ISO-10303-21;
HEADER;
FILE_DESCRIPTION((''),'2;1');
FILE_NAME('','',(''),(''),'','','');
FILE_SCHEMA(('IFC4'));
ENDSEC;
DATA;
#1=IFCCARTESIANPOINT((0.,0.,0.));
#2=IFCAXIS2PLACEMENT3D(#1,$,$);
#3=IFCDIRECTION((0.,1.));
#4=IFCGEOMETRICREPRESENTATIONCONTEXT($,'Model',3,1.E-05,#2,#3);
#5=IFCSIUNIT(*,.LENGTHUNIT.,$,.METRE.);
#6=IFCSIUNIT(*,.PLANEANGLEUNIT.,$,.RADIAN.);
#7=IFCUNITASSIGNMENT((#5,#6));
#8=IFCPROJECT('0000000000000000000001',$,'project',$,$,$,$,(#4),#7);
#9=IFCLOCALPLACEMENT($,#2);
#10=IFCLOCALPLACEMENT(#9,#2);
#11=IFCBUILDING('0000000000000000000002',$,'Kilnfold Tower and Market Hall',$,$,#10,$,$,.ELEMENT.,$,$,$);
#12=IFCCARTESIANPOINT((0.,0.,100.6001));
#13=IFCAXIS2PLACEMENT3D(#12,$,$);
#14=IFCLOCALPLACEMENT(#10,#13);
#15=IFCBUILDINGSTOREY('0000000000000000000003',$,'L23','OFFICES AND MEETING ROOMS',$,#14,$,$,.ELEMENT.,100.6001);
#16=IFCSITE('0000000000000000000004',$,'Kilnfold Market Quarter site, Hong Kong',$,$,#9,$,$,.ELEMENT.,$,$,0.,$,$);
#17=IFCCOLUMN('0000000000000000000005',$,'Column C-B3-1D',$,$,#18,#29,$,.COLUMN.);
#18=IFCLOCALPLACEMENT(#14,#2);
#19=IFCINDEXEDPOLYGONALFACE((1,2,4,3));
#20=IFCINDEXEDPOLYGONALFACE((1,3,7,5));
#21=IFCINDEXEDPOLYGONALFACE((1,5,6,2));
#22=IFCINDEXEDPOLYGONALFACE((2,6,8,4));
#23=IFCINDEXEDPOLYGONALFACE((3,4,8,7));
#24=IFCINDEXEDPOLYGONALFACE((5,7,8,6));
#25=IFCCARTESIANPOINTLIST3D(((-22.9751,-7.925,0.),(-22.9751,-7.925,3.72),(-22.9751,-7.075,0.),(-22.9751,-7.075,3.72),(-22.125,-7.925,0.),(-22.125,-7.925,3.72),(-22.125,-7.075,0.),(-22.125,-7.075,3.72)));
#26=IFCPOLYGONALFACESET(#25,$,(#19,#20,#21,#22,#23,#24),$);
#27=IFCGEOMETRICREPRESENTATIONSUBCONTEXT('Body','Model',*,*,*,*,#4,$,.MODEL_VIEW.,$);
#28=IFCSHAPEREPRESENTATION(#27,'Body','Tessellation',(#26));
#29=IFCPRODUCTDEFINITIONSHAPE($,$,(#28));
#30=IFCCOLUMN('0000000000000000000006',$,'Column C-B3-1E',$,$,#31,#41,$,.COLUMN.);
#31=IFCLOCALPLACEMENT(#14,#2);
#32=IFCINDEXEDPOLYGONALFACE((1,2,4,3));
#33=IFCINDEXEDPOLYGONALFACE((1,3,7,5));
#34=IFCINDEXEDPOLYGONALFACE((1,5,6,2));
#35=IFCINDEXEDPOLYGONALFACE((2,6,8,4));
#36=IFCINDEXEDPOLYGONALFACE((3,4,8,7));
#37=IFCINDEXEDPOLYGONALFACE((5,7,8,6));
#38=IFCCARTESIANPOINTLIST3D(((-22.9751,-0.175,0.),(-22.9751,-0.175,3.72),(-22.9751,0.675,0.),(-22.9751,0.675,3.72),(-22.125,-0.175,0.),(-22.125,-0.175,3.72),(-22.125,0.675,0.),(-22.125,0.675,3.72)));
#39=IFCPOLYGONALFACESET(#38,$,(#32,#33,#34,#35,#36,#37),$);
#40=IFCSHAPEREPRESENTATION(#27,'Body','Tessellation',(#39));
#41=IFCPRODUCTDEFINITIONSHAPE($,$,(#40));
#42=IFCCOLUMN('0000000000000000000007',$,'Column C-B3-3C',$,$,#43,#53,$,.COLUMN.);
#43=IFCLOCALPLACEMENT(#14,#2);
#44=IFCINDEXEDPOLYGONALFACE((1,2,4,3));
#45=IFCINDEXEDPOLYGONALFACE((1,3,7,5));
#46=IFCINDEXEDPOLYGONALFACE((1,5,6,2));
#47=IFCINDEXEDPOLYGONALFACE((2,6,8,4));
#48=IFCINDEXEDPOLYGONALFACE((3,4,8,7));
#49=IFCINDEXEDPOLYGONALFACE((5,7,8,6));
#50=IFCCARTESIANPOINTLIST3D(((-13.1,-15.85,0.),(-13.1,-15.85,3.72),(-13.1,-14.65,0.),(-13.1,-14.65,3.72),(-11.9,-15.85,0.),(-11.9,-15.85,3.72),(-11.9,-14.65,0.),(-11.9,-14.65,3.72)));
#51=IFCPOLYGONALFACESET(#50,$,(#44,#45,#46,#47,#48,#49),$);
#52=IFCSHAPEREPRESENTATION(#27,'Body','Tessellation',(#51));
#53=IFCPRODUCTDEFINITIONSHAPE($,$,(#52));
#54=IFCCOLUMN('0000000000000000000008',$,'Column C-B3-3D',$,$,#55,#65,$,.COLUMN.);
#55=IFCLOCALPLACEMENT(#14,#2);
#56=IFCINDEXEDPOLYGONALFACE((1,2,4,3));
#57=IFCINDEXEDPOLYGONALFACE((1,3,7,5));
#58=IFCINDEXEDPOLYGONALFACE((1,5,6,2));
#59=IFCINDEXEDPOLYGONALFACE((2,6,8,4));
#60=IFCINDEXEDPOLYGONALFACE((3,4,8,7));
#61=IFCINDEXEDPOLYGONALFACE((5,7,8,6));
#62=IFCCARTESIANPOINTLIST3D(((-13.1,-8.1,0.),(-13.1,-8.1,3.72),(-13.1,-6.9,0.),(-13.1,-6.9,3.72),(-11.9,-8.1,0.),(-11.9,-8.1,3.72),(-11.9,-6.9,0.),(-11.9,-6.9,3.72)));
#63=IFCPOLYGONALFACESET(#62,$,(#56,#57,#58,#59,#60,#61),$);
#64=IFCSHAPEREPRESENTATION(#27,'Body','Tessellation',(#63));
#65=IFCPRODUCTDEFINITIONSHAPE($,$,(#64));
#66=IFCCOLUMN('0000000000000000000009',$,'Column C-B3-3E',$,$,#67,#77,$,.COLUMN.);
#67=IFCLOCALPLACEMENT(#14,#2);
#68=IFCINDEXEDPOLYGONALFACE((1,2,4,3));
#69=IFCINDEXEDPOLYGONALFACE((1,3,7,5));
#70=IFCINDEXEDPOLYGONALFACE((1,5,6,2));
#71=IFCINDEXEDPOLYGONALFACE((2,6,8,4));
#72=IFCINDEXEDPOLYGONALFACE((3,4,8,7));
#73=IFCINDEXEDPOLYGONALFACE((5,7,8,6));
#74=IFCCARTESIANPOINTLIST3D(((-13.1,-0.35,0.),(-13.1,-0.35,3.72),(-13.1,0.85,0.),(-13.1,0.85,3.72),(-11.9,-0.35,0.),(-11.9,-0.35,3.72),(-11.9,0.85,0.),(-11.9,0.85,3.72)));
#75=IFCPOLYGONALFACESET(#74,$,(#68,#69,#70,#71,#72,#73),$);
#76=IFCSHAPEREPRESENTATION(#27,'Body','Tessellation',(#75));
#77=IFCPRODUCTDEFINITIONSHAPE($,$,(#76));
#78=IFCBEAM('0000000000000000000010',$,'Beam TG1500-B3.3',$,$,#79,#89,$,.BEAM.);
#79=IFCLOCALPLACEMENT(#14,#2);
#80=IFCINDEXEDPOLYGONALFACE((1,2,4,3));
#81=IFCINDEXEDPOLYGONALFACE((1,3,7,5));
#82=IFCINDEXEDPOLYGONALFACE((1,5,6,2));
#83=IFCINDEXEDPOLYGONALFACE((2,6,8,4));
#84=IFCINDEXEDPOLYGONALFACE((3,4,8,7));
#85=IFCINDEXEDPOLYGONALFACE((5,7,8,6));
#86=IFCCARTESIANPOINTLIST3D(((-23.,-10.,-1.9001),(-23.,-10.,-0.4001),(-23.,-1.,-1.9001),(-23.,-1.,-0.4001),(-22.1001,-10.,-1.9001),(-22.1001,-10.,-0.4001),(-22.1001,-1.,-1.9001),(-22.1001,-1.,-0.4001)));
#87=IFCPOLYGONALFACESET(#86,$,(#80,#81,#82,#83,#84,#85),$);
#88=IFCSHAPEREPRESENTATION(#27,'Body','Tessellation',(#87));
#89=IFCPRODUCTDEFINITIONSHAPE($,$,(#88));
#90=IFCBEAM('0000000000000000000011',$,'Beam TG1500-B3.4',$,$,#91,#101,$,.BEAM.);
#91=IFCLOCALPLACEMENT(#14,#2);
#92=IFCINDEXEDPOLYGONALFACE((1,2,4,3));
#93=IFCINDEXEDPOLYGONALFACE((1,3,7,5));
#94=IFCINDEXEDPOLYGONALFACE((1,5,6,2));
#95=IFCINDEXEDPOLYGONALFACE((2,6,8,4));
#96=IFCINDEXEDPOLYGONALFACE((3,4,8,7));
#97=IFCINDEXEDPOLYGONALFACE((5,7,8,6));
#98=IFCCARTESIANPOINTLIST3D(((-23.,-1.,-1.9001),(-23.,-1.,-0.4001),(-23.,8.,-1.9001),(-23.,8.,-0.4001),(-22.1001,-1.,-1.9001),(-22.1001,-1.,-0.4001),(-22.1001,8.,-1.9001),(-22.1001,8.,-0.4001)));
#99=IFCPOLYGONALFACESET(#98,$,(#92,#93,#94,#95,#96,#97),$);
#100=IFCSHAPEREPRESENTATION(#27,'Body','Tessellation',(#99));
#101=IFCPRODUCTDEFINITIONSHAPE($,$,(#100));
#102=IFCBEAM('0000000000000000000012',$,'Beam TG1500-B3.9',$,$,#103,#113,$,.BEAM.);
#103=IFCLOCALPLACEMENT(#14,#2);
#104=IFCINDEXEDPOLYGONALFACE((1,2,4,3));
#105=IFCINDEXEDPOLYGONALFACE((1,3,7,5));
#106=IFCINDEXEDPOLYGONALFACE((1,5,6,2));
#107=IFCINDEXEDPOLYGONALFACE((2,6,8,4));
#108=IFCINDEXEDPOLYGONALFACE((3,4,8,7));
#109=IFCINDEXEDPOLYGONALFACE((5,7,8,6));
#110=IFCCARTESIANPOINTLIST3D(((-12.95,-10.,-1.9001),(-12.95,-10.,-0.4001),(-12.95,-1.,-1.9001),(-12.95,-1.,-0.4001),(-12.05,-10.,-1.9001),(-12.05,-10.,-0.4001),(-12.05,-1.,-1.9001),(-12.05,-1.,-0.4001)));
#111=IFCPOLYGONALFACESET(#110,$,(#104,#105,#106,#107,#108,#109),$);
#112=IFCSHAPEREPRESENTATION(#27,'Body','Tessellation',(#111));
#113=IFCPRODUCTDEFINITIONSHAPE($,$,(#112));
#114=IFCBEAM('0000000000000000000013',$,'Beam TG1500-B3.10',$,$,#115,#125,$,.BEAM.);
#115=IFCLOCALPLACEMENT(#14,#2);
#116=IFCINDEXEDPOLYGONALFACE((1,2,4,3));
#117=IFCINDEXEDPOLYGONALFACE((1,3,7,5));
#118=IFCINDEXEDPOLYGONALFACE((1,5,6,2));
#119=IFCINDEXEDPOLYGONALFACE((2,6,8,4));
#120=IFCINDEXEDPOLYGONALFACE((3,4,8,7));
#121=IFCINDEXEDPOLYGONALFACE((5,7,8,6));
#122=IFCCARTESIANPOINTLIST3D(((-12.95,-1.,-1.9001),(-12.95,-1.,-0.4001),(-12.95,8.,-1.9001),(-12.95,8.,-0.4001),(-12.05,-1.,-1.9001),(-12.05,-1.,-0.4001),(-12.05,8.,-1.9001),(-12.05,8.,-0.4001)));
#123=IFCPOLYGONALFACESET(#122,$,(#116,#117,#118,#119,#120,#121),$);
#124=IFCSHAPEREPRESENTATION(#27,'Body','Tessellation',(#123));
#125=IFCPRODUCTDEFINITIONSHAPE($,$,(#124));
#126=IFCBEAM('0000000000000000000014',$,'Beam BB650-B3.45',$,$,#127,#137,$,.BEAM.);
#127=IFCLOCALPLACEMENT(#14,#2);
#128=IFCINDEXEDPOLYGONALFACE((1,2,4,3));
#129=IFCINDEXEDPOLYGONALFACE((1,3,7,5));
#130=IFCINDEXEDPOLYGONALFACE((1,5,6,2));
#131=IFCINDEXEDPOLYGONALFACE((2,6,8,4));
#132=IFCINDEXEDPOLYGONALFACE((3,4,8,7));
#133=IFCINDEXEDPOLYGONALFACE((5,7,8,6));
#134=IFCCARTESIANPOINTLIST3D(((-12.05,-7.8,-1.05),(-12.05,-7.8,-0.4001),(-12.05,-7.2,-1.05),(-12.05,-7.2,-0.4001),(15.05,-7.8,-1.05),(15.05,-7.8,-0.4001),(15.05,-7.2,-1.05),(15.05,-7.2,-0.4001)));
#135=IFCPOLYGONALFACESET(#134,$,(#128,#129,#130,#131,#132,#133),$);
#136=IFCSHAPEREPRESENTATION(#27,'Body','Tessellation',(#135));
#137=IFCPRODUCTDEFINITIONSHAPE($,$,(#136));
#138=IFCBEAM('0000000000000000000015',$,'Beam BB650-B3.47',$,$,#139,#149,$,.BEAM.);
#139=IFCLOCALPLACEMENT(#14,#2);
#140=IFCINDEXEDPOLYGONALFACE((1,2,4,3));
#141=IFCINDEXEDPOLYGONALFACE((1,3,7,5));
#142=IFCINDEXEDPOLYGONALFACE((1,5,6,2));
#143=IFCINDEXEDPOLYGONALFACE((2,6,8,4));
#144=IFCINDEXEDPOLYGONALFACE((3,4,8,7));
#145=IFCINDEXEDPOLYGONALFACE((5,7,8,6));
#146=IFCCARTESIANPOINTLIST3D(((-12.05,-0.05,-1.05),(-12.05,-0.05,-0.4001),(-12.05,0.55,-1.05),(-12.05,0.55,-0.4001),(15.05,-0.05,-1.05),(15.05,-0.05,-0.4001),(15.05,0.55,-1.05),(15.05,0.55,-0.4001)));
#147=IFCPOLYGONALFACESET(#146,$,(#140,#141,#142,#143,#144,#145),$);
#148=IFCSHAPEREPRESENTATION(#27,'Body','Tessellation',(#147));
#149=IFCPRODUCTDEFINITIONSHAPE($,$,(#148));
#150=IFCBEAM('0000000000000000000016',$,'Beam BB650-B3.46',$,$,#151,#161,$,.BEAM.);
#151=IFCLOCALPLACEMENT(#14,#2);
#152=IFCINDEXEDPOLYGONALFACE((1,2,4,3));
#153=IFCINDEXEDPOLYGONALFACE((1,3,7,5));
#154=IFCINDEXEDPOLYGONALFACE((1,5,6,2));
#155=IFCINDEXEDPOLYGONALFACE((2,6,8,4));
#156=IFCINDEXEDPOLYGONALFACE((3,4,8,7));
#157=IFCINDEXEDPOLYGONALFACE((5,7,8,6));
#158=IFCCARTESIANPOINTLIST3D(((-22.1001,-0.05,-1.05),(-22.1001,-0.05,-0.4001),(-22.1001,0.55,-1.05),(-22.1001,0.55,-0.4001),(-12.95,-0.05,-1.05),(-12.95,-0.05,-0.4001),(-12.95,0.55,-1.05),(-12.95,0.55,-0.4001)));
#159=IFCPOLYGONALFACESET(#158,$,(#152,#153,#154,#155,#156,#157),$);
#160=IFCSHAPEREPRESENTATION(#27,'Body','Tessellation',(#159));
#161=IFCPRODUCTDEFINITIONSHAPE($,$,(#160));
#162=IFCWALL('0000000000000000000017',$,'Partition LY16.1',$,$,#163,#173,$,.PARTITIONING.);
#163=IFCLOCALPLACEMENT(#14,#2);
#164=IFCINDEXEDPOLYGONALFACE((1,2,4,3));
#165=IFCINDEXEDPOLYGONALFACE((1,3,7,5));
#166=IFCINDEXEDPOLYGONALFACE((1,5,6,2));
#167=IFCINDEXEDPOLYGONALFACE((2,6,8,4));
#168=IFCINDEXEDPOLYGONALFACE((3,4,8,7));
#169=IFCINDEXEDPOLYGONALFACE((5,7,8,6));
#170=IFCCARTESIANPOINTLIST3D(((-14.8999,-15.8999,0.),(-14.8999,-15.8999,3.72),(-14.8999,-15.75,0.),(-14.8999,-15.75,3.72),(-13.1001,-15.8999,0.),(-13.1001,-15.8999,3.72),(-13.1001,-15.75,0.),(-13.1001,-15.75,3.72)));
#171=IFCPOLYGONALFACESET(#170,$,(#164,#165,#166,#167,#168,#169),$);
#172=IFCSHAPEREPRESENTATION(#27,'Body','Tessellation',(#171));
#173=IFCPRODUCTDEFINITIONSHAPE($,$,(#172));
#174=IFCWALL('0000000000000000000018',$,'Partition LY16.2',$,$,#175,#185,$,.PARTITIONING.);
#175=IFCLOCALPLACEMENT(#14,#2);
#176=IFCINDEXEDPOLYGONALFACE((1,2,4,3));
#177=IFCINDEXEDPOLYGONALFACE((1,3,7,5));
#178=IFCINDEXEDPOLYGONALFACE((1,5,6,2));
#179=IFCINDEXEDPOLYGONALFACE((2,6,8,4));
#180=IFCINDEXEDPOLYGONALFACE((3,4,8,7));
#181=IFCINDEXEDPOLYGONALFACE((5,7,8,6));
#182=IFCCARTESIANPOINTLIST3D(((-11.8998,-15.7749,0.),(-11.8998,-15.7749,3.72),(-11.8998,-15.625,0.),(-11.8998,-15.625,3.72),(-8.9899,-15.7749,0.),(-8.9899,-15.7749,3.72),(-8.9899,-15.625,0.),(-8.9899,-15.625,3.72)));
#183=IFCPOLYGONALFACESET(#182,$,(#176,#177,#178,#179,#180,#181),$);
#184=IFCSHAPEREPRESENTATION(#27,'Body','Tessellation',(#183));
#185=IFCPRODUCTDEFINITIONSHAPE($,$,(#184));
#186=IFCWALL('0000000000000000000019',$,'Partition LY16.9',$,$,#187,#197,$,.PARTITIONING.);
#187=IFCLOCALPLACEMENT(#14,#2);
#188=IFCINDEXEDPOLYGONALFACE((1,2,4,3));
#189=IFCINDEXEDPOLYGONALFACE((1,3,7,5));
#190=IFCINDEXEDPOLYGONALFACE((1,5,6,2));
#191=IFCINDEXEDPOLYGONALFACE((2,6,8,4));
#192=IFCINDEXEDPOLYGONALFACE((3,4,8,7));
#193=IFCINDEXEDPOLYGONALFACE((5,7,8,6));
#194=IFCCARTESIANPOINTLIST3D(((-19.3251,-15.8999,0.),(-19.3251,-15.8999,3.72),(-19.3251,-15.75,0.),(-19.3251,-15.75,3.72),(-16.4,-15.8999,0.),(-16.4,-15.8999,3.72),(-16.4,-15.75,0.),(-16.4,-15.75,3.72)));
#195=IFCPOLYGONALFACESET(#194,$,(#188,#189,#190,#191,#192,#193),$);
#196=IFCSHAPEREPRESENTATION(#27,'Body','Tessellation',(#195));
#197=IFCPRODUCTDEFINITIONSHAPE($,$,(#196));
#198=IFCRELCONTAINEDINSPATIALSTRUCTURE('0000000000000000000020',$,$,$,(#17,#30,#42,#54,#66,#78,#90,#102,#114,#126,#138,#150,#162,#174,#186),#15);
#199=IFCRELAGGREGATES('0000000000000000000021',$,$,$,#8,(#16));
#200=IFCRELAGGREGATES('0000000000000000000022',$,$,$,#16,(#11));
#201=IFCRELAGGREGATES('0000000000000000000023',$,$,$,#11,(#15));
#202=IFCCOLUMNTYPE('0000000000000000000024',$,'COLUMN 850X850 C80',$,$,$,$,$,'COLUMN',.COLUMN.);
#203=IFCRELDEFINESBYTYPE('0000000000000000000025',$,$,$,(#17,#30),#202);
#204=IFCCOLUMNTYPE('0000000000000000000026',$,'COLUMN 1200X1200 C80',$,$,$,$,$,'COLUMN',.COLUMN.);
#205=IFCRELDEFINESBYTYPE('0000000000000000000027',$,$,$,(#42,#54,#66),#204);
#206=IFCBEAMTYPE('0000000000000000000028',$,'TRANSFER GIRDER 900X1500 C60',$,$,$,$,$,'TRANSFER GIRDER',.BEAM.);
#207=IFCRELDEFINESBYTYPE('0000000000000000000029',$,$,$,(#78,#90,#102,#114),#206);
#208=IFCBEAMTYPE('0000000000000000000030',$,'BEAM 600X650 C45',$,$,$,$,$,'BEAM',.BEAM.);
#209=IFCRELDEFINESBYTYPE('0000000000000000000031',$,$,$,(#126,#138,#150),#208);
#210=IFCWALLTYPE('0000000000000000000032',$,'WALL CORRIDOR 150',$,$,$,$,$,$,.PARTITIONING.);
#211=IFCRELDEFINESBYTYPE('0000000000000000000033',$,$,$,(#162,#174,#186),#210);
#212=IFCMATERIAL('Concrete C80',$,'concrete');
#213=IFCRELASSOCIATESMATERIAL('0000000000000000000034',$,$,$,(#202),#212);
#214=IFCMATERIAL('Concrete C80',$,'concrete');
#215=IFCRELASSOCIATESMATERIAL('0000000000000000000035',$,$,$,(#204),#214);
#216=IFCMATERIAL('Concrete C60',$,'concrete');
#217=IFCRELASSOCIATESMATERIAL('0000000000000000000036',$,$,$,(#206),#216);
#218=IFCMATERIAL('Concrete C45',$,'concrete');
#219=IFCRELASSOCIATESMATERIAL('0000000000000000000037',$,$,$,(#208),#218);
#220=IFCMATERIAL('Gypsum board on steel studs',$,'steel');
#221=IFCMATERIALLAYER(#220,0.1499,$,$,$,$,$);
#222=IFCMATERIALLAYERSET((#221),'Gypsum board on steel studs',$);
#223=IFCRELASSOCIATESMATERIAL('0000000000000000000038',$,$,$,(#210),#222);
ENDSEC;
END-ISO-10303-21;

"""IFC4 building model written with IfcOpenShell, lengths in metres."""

from ifc_helpers import new_model, si_unit, direction, frame, frame_2d, origin, origin_2d, place, context, subcontext, project, spatial, rectangle, extrude, source, transform, mapped, material, layer, layer_set, material_profile, profile_set, type_object, element, save


model = new_model("IFC4")

# Units and contexts
model_context = context("Model", 3, precision=1e-05, world=origin(), true_north=direction((0.0, 1.0)))
body_context = subcontext(model_context, "Body", "Model", "MODEL_VIEW")
ifc_project = project(units=[si_unit("LENGTHUNIT", "METRE"), si_unit("PLANEANGLEUNIT", "RADIAN")], contexts=[model_context])

# Site, building, storey
site_placement = place(None, origin())
site = spatial("IfcSite", under=ifc_project, at=site_placement, Name="Kilnfold Market Quarter site, Hong Kong", CompositionType="ELEMENT", RefElevation=0.0)
building_placement = place(site_placement, origin())
building = spatial("IfcBuilding", under=site, at=building_placement, Name="Kilnfold Tower and Market Hall", CompositionType="ELEMENT")
storey_placement = place(building_placement, frame((0.0, 0.0, 100.6001)))
storey = spatial("IfcBuildingStorey", under=building, at=storey_placement, Name="L23", Description="OFFICES AND MEETING ROOMS", CompositionType="ELEMENT", Elevation=100.6001)

# Columns
ifc_material_1 = material(Name="Concrete C80", Category="concrete")
ifc_material_profile_1 = material_profile(ifc_material_1, rectangle(XDim=0.8501, YDim=0.8501, at=origin_2d()), Name="RC 850x850")
ifc_profile_set_1 = profile_set([ifc_material_profile_1], Name="Concrete C80")
column_type_1 = type_object("IfcColumnType", Name="COLUMN 850X850 C80", ElementType="COLUMN", PredefinedType="COLUMN", material=ifc_profile_set_1)
shared_shape_1 = source(origin(), body_context, "Body", "SweptSolid", [
    extrude(rectangle(XDim=0.8501, YDim=0.8501, at=origin_2d()), origin(), (0.0, 0.0, 1.0), 3.72),
])
for number, where, z_axis, x_axis, name in (
    (1, (-22.55, -7.5, 0.0), (0.0, 0.0, 1.0), (1.0, 0.0, 0.0), "Column C-B3-1D"),
    (2, (-22.55, 0.25, 0.0), (0.0, 0.0, 1.0), (1.0, 0.0, 0.0), "Column C-B3-1E"),
):
    element("IfcColumn", number, at=place(storey_placement, frame(where, z_axis=z_axis, x_axis=x_axis)), inside=storey, type_object=column_type_1, Name=name, PredefinedType="COLUMN", context=body_context, shape_type="MappedRepresentation", body=[
        mapped(shared_shape_1, transform((0.0, 0.0, 0.0))),
    ])
ifc_material_2 = material(Name="Concrete C80", Category="concrete")
ifc_material_profile_2 = material_profile(ifc_material_2, rectangle(XDim=1.2, YDim=1.2, at=origin_2d()), Name="RC 1200x1200")
ifc_profile_set_2 = profile_set([ifc_material_profile_2], Name="Concrete C80")
column_type_2 = type_object("IfcColumnType", Name="COLUMN 1200X1200 C80", ElementType="COLUMN", PredefinedType="COLUMN", material=ifc_profile_set_2)
shared_shape_2 = source(origin(), body_context, "Body", "SweptSolid", [
    extrude(rectangle(XDim=1.2, YDim=1.2, at=origin_2d()), origin(), (0.0, 0.0, 1.0), 3.72),
])
for number, where, z_axis, x_axis, name in (
    (3, (-12.5, -15.25, 0.0), (0.0, 0.0, 1.0), (1.0, 0.0, 0.0), "Column C-B3-3C"),
    (4, (-12.5, -7.5, 0.0), (0.0, 0.0, 1.0), (1.0, 0.0, 0.0), "Column C-B3-3D"),
    (5, (-12.5, 0.25, 0.0), (0.0, 0.0, 1.0), (1.0, 0.0, 0.0), "Column C-B3-3E"),
):
    element("IfcColumn", number, at=place(storey_placement, frame(where, z_axis=z_axis, x_axis=x_axis)), inside=storey, type_object=column_type_2, Name=name, PredefinedType="COLUMN", context=body_context, shape_type="MappedRepresentation", body=[
        mapped(shared_shape_2, transform((0.0, 0.0, 0.0))),
    ])

# Beams
ifc_material_3 = material(Name="Concrete C60", Category="concrete")
ifc_material_profile_3 = material_profile(ifc_material_3, rectangle(XDim=0.8999, YDim=1.5, at=origin_2d()), Name="RC 900x1500")
ifc_profile_set_3 = profile_set([ifc_material_profile_3], Name="Concrete C60")
beam_type_1 = type_object("IfcBeamType", Name="TRANSFER GIRDER 900X1500 C60", ElementType="TRANSFER GIRDER", PredefinedType="BEAM", material=ifc_profile_set_3)
shared_shape_3 = source(origin(), body_context, "Body", "SweptSolid", [
    extrude(rectangle(XDim=0.8999, YDim=1.5, at=origin_2d()), origin(), (0.0, 0.0, 1.0), 9.0),
])
for number, where, z_axis, x_axis, name in (
    (6, (-22.55, -10.0, -1.1501), (0.0, 1.0, 0.0), (-1.0, 0.0, 0.0), "Beam TG1500-B3.3"),
    (7, (-22.55, -1.0, -1.1501), (0.0, 1.0, 0.0), (-1.0, 0.0, 0.0), "Beam TG1500-B3.4"),
    (8, (-12.5, -10.0, -1.1501), (0.0, 1.0, 0.0), (-1.0, 0.0, 0.0), "Beam TG1500-B3.9"),
    (9, (-12.5, -1.0, -1.1501), (0.0, 1.0, 0.0), (-1.0, 0.0, 0.0), "Beam TG1500-B3.10"),
):
    element("IfcBeam", number, at=place(storey_placement, frame(where, z_axis=z_axis, x_axis=x_axis)), inside=storey, type_object=beam_type_1, Name=name, PredefinedType="BEAM", context=body_context, shape_type="MappedRepresentation", body=[
        mapped(shared_shape_3, transform((0.0, 0.0, 0.0))),
    ])
ifc_material_4 = material(Name="Concrete C45", Category="concrete")
ifc_material_profile_4 = material_profile(ifc_material_4, rectangle(XDim=0.6001, YDim=0.6499, at=origin_2d()), Name="RC 600x650")
ifc_profile_set_4 = profile_set([ifc_material_profile_4], Name="Concrete C45")
beam_type_2 = type_object("IfcBeamType", Name="BEAM 600X650 C45", ElementType="BEAM", PredefinedType="BEAM", material=ifc_profile_set_4)
shared_shape_4 = source(origin(), body_context, "Body", "SweptSolid", [
    extrude(rectangle(XDim=0.6001, YDim=0.6499, at=origin_2d()), origin(), (0.0, 0.0, 1.0), 27.1001),
])
for number, where, z_axis, x_axis, name in (
    (10, (-12.05, -7.5, -0.7251), (1.0, 0.0, 0.0), (0.0, 1.0, 0.0), "Beam BB650-B3.45"),
    (11, (-12.05, 0.25, -0.7251), (1.0, 0.0, 0.0), (0.0, 1.0, 0.0), "Beam BB650-B3.47"),
):
    element("IfcBeam", number, at=place(storey_placement, frame(where, z_axis=z_axis, x_axis=x_axis)), inside=storey, type_object=beam_type_2, Name=name, PredefinedType="BEAM", context=body_context, shape_type="MappedRepresentation", body=[
        mapped(shared_shape_4, transform((0.0, 0.0, 0.0))),
    ])
shared_shape_5 = source(origin(), body_context, "Body", "SweptSolid", [
    extrude(rectangle(XDim=0.6001, YDim=0.6499, at=origin_2d()), origin(), (0.0, 0.0, 1.0), 9.1501),
])
beam_placement = place(storey_placement, frame((-22.1001, 0.25, -0.7251), z_axis=(1.0, 0.0, 0.0), x_axis=(0.0, 1.0, 0.0)))
element("IfcBeam", 12, at=beam_placement, inside=storey, type_object=beam_type_2, Name="Beam BB650-B3.46", PredefinedType="BEAM", context=body_context, shape_type="MappedRepresentation", body=[
    mapped(shared_shape_5, transform((0.0, 0.0, 0.0))),
])

# Walls
ifc_material_5 = material(Name="Gypsum board on steel studs", Category="steel")
ifc_layer_1 = layer(ifc_material_5, 0.1499)
ifc_layer_set_1 = layer_set([ifc_layer_1], Name="Gypsum board on steel studs")
wall_type_1 = type_object("IfcWallType", Name="WALL CORRIDOR 150", PredefinedType="PARTITIONING", material=ifc_layer_set_1)
wall_1_placement = place(storey_placement, frame((-14.8999, -15.825, 0.0), z_axis=(0.0, 0.0, 1.0), x_axis=(1.0, 0.0, 0.0)))
element("IfcWall", 13, at=wall_1_placement, inside=storey, type_object=wall_type_1, Name="Partition LY16.1", PredefinedType="PARTITIONING", context=body_context, shape_type="SweptSolid", body=[
    extrude(rectangle(XDim=1.7998, YDim=0.1499, at=frame_2d((0.8999, 0.0))), origin(), (0.0, 0.0, 1.0), 3.72),
])
wall_2_placement = place(storey_placement, frame((-11.8999, -15.7, 0.0), z_axis=(0.0, 0.0, 1.0), x_axis=(1.0, 0.0, 0.0)))
element("IfcWall", 14, at=wall_2_placement, inside=storey, type_object=wall_type_1, Name="Partition LY16.2", PredefinedType="PARTITIONING", context=body_context, shape_type="SweptSolid", body=[
    extrude(rectangle(XDim=2.9099, YDim=0.1499, at=frame_2d((1.4551, 0.0))), origin(), (0.0, 0.0, 1.0), 3.72),
])
wall_3_placement = place(storey_placement, frame((-19.325, -15.825, 0.0), z_axis=(0.0, 0.0, 1.0), x_axis=(1.0, 0.0, 0.0)))
element("IfcWall", 15, at=wall_3_placement, inside=storey, type_object=wall_type_1, Name="Partition LY16.9", PredefinedType="PARTITIONING", context=body_context, shape_type="SweptSolid", body=[
    extrude(rectangle(XDim=2.925, YDim=0.1499, at=frame_2d((1.4624, 0.0))), origin(), (0.0, 0.0, 1.0), 3.72),
])

save(model, "model.ifc")
